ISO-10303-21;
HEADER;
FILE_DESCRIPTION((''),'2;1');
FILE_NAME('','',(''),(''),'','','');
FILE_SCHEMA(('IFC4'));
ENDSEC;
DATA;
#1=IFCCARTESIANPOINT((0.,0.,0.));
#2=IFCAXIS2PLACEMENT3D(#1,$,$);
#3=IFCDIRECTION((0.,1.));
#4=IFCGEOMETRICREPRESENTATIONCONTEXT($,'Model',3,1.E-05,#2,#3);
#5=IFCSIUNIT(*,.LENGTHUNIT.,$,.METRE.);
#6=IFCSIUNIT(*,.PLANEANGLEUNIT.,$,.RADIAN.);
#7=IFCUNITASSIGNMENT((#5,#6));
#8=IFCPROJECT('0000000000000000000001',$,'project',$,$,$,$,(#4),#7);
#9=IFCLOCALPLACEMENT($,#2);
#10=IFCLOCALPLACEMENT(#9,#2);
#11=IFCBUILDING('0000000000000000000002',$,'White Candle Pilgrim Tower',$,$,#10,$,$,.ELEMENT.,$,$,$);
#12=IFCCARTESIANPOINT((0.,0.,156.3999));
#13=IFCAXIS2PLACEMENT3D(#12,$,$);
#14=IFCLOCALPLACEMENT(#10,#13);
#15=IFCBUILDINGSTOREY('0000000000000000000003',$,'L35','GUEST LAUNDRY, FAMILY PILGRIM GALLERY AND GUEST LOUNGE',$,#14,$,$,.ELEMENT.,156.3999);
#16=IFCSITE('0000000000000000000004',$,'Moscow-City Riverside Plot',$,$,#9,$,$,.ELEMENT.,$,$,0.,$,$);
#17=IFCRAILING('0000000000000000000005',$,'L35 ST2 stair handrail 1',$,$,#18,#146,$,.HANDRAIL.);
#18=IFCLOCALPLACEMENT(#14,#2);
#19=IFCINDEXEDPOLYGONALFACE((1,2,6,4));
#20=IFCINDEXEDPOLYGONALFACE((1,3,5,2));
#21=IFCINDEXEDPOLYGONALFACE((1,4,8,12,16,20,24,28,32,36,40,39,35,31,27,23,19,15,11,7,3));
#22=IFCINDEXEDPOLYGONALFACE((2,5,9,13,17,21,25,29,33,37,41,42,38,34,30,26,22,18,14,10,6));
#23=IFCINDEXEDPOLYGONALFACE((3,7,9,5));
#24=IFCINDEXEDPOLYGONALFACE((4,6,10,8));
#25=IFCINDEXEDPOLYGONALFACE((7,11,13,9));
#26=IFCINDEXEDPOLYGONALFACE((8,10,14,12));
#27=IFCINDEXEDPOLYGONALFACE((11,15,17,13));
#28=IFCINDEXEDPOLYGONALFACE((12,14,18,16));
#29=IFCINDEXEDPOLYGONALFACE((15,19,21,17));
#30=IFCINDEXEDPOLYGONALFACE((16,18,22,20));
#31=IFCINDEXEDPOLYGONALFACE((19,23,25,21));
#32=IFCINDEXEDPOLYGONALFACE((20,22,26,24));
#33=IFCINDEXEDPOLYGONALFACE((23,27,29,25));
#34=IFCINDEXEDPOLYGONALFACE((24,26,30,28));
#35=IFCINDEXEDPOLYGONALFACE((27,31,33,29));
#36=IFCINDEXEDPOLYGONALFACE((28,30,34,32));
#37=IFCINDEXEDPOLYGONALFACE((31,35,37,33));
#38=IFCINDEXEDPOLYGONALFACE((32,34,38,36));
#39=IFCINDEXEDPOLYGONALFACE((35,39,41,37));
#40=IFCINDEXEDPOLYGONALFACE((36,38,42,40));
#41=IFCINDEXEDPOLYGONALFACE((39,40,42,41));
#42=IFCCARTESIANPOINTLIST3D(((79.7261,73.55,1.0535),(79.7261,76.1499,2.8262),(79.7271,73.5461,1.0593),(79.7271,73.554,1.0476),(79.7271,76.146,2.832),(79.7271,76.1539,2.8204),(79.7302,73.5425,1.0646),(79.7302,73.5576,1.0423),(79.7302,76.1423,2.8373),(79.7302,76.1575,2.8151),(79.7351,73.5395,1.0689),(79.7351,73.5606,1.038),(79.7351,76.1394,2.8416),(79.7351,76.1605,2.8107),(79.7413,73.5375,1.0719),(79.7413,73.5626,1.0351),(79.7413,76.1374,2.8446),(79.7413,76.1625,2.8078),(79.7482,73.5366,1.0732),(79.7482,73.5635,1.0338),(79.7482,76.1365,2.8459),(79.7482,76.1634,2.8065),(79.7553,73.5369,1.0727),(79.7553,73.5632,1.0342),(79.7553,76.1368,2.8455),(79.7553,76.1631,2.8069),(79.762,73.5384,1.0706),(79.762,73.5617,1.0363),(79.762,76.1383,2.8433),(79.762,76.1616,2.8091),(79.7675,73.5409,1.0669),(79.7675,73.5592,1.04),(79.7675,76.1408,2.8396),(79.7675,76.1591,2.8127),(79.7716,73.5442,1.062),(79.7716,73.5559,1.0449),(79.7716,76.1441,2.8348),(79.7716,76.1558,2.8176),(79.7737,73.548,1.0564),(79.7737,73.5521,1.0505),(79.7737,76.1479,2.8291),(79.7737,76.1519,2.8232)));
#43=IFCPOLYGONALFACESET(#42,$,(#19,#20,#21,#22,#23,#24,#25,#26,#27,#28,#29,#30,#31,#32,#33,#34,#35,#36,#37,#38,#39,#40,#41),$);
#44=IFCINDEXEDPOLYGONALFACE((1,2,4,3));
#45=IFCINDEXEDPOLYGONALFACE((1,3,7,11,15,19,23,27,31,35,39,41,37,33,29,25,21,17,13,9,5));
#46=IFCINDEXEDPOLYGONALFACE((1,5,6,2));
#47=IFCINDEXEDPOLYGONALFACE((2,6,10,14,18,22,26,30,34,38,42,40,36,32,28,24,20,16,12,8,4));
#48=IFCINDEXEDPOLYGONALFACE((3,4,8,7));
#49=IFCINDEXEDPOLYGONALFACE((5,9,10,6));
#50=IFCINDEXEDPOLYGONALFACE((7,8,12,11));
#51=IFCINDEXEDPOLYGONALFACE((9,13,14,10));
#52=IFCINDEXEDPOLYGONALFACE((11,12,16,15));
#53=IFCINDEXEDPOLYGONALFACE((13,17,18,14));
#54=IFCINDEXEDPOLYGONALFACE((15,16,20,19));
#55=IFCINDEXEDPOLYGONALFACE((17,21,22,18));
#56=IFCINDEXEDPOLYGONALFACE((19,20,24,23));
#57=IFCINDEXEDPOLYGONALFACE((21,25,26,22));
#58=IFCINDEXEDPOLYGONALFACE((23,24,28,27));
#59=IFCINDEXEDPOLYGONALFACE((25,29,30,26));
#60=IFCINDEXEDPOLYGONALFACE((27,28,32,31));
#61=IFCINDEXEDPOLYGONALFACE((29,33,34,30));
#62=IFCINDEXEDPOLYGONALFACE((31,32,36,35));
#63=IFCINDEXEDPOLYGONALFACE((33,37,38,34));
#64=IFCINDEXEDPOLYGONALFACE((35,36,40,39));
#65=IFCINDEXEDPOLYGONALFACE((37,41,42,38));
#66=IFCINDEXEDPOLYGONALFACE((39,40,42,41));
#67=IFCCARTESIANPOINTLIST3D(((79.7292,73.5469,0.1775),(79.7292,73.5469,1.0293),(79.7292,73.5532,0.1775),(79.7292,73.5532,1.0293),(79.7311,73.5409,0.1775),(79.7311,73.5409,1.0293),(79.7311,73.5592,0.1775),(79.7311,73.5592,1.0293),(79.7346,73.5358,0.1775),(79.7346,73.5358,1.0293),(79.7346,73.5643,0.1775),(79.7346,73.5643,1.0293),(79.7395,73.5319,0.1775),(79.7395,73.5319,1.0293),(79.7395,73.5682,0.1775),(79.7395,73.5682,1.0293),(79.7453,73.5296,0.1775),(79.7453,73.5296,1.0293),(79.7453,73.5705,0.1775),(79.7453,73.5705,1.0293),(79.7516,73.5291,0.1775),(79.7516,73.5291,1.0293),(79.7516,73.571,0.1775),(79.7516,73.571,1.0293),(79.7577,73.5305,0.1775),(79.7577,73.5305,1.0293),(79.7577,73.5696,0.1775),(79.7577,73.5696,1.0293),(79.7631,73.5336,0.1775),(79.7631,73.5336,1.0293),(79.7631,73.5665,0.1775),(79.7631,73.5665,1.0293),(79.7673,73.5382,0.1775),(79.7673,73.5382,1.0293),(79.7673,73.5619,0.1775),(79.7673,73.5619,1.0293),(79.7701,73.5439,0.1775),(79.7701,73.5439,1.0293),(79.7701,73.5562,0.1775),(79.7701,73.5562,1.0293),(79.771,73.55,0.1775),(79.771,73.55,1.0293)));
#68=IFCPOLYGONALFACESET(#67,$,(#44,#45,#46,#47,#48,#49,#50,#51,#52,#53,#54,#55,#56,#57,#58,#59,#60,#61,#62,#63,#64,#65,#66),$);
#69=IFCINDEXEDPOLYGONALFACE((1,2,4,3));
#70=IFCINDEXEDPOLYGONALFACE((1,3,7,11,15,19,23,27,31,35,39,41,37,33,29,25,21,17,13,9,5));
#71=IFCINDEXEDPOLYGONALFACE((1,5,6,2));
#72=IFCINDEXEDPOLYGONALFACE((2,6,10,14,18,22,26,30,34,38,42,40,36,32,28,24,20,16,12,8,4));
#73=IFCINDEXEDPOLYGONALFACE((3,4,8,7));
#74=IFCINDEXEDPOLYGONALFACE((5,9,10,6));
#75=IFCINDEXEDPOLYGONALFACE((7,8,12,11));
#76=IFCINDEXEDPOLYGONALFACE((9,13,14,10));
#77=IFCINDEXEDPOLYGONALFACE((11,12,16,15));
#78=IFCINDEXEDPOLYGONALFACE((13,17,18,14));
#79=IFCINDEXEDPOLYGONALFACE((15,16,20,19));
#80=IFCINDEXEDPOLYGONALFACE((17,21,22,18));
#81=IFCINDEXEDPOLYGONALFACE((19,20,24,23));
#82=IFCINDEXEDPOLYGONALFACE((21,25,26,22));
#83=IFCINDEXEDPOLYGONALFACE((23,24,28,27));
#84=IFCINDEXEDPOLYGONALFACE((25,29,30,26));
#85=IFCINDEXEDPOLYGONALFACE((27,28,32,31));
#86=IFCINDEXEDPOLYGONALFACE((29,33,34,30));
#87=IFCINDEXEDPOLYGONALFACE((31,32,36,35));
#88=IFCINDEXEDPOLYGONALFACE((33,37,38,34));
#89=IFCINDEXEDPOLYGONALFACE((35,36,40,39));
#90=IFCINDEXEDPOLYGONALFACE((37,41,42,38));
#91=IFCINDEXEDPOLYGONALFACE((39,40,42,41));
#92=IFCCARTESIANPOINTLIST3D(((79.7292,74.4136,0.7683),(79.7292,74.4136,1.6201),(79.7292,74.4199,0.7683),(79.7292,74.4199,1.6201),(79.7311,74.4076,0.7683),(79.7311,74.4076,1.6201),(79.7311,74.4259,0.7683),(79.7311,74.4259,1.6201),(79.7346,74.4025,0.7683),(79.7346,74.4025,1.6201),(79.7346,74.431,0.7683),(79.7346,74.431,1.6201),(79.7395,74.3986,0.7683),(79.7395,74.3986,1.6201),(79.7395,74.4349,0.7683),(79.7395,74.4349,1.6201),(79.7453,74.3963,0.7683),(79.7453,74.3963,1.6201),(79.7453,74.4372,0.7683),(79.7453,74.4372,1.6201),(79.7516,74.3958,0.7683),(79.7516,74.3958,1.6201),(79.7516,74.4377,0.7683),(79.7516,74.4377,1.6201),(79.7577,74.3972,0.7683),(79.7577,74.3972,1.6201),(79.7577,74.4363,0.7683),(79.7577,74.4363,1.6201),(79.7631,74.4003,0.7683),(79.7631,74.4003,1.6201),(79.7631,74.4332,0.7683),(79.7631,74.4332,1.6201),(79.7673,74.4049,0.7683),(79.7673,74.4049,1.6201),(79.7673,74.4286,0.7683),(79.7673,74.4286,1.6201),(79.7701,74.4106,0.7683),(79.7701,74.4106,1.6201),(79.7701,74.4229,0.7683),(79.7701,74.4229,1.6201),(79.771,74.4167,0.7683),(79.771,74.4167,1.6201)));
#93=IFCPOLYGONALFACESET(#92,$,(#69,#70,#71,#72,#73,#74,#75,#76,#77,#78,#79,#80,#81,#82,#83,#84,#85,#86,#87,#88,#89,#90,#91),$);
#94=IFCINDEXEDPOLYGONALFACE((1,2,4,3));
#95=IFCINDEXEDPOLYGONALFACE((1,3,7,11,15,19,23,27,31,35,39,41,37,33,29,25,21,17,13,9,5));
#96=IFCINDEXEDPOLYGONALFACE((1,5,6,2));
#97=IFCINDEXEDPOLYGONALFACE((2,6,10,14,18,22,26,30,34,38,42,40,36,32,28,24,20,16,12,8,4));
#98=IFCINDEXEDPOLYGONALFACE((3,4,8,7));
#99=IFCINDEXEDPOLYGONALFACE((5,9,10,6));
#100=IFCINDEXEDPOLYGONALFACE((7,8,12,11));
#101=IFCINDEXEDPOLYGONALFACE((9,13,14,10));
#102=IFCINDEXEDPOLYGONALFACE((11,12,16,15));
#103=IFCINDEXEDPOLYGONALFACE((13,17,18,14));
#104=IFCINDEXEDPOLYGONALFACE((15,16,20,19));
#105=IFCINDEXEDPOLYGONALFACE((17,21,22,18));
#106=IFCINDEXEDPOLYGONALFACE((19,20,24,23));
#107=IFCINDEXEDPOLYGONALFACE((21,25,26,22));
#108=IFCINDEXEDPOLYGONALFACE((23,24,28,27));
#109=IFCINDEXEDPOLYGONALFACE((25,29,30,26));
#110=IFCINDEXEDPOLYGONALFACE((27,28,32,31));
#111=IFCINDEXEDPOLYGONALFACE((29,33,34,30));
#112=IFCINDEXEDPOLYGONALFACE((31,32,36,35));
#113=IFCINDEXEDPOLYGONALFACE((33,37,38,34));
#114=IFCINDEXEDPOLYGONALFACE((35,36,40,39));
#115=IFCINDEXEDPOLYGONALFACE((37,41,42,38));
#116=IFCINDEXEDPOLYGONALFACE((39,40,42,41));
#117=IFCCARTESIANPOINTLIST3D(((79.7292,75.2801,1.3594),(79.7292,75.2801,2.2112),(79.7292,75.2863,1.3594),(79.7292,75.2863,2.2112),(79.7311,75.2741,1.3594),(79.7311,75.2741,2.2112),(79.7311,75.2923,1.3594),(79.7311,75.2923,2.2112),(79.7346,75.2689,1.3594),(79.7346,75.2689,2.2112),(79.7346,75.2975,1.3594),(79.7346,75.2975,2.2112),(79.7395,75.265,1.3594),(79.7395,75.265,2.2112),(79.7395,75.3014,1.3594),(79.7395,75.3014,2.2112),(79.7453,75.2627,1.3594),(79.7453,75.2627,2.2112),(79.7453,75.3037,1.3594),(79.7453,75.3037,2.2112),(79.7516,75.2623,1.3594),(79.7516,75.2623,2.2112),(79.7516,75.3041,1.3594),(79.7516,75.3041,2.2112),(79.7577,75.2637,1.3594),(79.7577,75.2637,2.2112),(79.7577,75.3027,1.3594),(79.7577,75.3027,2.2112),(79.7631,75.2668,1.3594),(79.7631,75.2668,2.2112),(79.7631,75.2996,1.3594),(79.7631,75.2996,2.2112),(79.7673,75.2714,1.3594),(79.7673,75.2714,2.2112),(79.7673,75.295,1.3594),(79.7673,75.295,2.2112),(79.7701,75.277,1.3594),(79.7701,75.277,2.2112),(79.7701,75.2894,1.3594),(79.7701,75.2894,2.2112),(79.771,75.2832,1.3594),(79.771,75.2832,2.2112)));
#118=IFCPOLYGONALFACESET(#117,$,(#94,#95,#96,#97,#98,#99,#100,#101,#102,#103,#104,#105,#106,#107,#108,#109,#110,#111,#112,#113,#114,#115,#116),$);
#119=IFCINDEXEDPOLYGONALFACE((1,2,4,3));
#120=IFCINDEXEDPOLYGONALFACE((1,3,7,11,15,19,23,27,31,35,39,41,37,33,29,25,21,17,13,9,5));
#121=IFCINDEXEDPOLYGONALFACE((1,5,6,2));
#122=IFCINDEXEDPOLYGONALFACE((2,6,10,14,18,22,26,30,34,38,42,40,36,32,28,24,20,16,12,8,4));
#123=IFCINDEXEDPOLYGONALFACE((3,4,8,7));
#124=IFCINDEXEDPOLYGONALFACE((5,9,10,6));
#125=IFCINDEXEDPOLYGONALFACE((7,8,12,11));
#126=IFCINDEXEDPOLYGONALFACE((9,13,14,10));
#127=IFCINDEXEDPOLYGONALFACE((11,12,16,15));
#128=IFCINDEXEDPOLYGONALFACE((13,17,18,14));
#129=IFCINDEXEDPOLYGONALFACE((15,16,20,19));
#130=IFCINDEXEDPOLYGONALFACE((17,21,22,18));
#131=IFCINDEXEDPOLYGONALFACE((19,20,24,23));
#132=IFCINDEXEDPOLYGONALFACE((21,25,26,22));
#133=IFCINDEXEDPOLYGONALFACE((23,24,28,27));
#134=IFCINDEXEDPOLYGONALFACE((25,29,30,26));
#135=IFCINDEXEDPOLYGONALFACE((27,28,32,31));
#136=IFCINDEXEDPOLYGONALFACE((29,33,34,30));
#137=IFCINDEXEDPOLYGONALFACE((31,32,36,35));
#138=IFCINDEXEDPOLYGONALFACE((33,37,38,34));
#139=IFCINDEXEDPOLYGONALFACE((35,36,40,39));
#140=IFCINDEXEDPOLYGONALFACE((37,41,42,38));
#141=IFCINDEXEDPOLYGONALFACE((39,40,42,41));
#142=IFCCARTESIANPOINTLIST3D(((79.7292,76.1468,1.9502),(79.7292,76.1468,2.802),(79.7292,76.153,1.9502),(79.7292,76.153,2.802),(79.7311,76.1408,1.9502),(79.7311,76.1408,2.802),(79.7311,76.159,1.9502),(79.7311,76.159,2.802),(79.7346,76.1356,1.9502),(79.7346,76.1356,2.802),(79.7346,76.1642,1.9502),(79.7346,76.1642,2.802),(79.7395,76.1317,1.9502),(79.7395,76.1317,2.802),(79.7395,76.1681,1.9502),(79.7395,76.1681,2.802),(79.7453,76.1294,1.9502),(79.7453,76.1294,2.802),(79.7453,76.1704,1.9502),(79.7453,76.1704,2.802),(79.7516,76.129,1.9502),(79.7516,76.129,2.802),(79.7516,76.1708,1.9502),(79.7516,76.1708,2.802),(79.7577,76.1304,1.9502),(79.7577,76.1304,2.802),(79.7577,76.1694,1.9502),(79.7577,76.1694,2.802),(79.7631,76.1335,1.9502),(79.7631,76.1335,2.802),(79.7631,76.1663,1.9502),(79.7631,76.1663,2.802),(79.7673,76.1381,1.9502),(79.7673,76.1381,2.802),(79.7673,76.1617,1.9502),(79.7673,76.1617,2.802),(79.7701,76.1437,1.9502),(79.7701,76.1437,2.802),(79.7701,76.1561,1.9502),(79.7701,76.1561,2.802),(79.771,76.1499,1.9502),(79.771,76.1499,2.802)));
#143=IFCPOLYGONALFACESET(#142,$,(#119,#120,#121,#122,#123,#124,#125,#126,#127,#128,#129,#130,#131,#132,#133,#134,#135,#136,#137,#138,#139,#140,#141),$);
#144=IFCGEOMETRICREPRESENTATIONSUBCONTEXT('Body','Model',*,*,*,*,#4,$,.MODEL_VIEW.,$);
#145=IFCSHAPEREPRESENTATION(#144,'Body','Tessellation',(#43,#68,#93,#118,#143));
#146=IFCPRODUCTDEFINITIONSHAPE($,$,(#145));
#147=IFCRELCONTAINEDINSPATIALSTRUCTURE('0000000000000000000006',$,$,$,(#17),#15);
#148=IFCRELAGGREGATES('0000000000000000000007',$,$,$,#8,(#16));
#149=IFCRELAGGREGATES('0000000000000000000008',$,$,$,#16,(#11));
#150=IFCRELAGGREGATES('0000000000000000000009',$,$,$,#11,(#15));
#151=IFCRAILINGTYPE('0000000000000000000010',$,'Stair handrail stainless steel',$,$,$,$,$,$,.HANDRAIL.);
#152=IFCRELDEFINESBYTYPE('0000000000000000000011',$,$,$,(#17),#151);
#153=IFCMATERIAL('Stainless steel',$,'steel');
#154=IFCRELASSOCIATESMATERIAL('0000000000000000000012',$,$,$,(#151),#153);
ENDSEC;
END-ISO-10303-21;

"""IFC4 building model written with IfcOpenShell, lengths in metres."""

from ifc_helpers import new_model, si_unit, direction, frame, origin, origin_2d, place, context, subcontext, project, spatial, circle, extrude, material, type_object, element, save


model = new_model("IFC4")

# Units and contexts
model_context = context("Model", 3, precision=1e-05, world=origin(), true_north=direction((0.0, 1.0)))
body_context = subcontext(model_context, "Body", "Model", "MODEL_VIEW")
ifc_project = project(units=[si_unit("LENGTHUNIT", "METRE"), si_unit("PLANEANGLEUNIT", "RADIAN")], contexts=[model_context])

# Site, building, storey
site_placement = place(None, origin())
site = spatial("IfcSite", under=ifc_project, at=site_placement, Name="Moscow-City Riverside Plot", CompositionType="ELEMENT", RefElevation=0.0)
building_placement = place(site_placement, origin())
building = spatial("IfcBuilding", under=site, at=building_placement, Name="White Candle Pilgrim Tower", CompositionType="ELEMENT")
storey_placement = place(building_placement, frame((0.0, 0.0, 156.3999)))
storey = spatial("IfcBuildingStorey", under=building, at=storey_placement, Name="L35", Description="GUEST LAUNDRY, FAMILY PILGRIM GALLERY AND GUEST LOUNGE", CompositionType="ELEMENT", Elevation=156.3999)

# Railing
ifc_material_1 = material(Name="Stainless steel", Category="steel")
railing_type_1 = type_object("IfcRailingType", Name="Stair handrail stainless steel", PredefinedType="HANDRAIL", material=ifc_material_1)
railing_1_placement = place(storey_placement, frame((79.75, 73.55, 0.1775)))
element("IfcRailing", 1, at=railing_1_placement, inside=storey, type_object=railing_type_1, Name="L35 ST2 stair handrail 1", PredefinedType="HANDRAIL", context=body_context, shape_type="SweptSolid", body=[
    extrude(circle(Radius=0.0239, at=origin_2d()), frame((0.0, 0.0, 0.876), z_axis=(0.0, 0.826216, 0.563354), x_axis=(-1.0, 0.0, 0.0)), (0.0, 0.0, 1.0), 3.1467),
    extrude(circle(Radius=0.021, at=origin_2d()), origin(), (0.0, 0.0, 1.0), 0.8518),
    extrude(circle(Radius=0.021, at=origin_2d()), frame((0.0, 0.8667, 0.5908)), (0.0, 0.0, 1.0), 0.8518),
    extrude(circle(Radius=0.021, at=origin_2d()), frame((0.0, 1.7332, 1.1819)), (0.0, 0.0, 1.0), 0.8518),
    extrude(circle(Radius=0.021, at=origin_2d()), frame((0.0, 2.5999, 1.7727)), (0.0, 0.0, 1.0), 0.8518),
])

save(model, "model.ifc")
